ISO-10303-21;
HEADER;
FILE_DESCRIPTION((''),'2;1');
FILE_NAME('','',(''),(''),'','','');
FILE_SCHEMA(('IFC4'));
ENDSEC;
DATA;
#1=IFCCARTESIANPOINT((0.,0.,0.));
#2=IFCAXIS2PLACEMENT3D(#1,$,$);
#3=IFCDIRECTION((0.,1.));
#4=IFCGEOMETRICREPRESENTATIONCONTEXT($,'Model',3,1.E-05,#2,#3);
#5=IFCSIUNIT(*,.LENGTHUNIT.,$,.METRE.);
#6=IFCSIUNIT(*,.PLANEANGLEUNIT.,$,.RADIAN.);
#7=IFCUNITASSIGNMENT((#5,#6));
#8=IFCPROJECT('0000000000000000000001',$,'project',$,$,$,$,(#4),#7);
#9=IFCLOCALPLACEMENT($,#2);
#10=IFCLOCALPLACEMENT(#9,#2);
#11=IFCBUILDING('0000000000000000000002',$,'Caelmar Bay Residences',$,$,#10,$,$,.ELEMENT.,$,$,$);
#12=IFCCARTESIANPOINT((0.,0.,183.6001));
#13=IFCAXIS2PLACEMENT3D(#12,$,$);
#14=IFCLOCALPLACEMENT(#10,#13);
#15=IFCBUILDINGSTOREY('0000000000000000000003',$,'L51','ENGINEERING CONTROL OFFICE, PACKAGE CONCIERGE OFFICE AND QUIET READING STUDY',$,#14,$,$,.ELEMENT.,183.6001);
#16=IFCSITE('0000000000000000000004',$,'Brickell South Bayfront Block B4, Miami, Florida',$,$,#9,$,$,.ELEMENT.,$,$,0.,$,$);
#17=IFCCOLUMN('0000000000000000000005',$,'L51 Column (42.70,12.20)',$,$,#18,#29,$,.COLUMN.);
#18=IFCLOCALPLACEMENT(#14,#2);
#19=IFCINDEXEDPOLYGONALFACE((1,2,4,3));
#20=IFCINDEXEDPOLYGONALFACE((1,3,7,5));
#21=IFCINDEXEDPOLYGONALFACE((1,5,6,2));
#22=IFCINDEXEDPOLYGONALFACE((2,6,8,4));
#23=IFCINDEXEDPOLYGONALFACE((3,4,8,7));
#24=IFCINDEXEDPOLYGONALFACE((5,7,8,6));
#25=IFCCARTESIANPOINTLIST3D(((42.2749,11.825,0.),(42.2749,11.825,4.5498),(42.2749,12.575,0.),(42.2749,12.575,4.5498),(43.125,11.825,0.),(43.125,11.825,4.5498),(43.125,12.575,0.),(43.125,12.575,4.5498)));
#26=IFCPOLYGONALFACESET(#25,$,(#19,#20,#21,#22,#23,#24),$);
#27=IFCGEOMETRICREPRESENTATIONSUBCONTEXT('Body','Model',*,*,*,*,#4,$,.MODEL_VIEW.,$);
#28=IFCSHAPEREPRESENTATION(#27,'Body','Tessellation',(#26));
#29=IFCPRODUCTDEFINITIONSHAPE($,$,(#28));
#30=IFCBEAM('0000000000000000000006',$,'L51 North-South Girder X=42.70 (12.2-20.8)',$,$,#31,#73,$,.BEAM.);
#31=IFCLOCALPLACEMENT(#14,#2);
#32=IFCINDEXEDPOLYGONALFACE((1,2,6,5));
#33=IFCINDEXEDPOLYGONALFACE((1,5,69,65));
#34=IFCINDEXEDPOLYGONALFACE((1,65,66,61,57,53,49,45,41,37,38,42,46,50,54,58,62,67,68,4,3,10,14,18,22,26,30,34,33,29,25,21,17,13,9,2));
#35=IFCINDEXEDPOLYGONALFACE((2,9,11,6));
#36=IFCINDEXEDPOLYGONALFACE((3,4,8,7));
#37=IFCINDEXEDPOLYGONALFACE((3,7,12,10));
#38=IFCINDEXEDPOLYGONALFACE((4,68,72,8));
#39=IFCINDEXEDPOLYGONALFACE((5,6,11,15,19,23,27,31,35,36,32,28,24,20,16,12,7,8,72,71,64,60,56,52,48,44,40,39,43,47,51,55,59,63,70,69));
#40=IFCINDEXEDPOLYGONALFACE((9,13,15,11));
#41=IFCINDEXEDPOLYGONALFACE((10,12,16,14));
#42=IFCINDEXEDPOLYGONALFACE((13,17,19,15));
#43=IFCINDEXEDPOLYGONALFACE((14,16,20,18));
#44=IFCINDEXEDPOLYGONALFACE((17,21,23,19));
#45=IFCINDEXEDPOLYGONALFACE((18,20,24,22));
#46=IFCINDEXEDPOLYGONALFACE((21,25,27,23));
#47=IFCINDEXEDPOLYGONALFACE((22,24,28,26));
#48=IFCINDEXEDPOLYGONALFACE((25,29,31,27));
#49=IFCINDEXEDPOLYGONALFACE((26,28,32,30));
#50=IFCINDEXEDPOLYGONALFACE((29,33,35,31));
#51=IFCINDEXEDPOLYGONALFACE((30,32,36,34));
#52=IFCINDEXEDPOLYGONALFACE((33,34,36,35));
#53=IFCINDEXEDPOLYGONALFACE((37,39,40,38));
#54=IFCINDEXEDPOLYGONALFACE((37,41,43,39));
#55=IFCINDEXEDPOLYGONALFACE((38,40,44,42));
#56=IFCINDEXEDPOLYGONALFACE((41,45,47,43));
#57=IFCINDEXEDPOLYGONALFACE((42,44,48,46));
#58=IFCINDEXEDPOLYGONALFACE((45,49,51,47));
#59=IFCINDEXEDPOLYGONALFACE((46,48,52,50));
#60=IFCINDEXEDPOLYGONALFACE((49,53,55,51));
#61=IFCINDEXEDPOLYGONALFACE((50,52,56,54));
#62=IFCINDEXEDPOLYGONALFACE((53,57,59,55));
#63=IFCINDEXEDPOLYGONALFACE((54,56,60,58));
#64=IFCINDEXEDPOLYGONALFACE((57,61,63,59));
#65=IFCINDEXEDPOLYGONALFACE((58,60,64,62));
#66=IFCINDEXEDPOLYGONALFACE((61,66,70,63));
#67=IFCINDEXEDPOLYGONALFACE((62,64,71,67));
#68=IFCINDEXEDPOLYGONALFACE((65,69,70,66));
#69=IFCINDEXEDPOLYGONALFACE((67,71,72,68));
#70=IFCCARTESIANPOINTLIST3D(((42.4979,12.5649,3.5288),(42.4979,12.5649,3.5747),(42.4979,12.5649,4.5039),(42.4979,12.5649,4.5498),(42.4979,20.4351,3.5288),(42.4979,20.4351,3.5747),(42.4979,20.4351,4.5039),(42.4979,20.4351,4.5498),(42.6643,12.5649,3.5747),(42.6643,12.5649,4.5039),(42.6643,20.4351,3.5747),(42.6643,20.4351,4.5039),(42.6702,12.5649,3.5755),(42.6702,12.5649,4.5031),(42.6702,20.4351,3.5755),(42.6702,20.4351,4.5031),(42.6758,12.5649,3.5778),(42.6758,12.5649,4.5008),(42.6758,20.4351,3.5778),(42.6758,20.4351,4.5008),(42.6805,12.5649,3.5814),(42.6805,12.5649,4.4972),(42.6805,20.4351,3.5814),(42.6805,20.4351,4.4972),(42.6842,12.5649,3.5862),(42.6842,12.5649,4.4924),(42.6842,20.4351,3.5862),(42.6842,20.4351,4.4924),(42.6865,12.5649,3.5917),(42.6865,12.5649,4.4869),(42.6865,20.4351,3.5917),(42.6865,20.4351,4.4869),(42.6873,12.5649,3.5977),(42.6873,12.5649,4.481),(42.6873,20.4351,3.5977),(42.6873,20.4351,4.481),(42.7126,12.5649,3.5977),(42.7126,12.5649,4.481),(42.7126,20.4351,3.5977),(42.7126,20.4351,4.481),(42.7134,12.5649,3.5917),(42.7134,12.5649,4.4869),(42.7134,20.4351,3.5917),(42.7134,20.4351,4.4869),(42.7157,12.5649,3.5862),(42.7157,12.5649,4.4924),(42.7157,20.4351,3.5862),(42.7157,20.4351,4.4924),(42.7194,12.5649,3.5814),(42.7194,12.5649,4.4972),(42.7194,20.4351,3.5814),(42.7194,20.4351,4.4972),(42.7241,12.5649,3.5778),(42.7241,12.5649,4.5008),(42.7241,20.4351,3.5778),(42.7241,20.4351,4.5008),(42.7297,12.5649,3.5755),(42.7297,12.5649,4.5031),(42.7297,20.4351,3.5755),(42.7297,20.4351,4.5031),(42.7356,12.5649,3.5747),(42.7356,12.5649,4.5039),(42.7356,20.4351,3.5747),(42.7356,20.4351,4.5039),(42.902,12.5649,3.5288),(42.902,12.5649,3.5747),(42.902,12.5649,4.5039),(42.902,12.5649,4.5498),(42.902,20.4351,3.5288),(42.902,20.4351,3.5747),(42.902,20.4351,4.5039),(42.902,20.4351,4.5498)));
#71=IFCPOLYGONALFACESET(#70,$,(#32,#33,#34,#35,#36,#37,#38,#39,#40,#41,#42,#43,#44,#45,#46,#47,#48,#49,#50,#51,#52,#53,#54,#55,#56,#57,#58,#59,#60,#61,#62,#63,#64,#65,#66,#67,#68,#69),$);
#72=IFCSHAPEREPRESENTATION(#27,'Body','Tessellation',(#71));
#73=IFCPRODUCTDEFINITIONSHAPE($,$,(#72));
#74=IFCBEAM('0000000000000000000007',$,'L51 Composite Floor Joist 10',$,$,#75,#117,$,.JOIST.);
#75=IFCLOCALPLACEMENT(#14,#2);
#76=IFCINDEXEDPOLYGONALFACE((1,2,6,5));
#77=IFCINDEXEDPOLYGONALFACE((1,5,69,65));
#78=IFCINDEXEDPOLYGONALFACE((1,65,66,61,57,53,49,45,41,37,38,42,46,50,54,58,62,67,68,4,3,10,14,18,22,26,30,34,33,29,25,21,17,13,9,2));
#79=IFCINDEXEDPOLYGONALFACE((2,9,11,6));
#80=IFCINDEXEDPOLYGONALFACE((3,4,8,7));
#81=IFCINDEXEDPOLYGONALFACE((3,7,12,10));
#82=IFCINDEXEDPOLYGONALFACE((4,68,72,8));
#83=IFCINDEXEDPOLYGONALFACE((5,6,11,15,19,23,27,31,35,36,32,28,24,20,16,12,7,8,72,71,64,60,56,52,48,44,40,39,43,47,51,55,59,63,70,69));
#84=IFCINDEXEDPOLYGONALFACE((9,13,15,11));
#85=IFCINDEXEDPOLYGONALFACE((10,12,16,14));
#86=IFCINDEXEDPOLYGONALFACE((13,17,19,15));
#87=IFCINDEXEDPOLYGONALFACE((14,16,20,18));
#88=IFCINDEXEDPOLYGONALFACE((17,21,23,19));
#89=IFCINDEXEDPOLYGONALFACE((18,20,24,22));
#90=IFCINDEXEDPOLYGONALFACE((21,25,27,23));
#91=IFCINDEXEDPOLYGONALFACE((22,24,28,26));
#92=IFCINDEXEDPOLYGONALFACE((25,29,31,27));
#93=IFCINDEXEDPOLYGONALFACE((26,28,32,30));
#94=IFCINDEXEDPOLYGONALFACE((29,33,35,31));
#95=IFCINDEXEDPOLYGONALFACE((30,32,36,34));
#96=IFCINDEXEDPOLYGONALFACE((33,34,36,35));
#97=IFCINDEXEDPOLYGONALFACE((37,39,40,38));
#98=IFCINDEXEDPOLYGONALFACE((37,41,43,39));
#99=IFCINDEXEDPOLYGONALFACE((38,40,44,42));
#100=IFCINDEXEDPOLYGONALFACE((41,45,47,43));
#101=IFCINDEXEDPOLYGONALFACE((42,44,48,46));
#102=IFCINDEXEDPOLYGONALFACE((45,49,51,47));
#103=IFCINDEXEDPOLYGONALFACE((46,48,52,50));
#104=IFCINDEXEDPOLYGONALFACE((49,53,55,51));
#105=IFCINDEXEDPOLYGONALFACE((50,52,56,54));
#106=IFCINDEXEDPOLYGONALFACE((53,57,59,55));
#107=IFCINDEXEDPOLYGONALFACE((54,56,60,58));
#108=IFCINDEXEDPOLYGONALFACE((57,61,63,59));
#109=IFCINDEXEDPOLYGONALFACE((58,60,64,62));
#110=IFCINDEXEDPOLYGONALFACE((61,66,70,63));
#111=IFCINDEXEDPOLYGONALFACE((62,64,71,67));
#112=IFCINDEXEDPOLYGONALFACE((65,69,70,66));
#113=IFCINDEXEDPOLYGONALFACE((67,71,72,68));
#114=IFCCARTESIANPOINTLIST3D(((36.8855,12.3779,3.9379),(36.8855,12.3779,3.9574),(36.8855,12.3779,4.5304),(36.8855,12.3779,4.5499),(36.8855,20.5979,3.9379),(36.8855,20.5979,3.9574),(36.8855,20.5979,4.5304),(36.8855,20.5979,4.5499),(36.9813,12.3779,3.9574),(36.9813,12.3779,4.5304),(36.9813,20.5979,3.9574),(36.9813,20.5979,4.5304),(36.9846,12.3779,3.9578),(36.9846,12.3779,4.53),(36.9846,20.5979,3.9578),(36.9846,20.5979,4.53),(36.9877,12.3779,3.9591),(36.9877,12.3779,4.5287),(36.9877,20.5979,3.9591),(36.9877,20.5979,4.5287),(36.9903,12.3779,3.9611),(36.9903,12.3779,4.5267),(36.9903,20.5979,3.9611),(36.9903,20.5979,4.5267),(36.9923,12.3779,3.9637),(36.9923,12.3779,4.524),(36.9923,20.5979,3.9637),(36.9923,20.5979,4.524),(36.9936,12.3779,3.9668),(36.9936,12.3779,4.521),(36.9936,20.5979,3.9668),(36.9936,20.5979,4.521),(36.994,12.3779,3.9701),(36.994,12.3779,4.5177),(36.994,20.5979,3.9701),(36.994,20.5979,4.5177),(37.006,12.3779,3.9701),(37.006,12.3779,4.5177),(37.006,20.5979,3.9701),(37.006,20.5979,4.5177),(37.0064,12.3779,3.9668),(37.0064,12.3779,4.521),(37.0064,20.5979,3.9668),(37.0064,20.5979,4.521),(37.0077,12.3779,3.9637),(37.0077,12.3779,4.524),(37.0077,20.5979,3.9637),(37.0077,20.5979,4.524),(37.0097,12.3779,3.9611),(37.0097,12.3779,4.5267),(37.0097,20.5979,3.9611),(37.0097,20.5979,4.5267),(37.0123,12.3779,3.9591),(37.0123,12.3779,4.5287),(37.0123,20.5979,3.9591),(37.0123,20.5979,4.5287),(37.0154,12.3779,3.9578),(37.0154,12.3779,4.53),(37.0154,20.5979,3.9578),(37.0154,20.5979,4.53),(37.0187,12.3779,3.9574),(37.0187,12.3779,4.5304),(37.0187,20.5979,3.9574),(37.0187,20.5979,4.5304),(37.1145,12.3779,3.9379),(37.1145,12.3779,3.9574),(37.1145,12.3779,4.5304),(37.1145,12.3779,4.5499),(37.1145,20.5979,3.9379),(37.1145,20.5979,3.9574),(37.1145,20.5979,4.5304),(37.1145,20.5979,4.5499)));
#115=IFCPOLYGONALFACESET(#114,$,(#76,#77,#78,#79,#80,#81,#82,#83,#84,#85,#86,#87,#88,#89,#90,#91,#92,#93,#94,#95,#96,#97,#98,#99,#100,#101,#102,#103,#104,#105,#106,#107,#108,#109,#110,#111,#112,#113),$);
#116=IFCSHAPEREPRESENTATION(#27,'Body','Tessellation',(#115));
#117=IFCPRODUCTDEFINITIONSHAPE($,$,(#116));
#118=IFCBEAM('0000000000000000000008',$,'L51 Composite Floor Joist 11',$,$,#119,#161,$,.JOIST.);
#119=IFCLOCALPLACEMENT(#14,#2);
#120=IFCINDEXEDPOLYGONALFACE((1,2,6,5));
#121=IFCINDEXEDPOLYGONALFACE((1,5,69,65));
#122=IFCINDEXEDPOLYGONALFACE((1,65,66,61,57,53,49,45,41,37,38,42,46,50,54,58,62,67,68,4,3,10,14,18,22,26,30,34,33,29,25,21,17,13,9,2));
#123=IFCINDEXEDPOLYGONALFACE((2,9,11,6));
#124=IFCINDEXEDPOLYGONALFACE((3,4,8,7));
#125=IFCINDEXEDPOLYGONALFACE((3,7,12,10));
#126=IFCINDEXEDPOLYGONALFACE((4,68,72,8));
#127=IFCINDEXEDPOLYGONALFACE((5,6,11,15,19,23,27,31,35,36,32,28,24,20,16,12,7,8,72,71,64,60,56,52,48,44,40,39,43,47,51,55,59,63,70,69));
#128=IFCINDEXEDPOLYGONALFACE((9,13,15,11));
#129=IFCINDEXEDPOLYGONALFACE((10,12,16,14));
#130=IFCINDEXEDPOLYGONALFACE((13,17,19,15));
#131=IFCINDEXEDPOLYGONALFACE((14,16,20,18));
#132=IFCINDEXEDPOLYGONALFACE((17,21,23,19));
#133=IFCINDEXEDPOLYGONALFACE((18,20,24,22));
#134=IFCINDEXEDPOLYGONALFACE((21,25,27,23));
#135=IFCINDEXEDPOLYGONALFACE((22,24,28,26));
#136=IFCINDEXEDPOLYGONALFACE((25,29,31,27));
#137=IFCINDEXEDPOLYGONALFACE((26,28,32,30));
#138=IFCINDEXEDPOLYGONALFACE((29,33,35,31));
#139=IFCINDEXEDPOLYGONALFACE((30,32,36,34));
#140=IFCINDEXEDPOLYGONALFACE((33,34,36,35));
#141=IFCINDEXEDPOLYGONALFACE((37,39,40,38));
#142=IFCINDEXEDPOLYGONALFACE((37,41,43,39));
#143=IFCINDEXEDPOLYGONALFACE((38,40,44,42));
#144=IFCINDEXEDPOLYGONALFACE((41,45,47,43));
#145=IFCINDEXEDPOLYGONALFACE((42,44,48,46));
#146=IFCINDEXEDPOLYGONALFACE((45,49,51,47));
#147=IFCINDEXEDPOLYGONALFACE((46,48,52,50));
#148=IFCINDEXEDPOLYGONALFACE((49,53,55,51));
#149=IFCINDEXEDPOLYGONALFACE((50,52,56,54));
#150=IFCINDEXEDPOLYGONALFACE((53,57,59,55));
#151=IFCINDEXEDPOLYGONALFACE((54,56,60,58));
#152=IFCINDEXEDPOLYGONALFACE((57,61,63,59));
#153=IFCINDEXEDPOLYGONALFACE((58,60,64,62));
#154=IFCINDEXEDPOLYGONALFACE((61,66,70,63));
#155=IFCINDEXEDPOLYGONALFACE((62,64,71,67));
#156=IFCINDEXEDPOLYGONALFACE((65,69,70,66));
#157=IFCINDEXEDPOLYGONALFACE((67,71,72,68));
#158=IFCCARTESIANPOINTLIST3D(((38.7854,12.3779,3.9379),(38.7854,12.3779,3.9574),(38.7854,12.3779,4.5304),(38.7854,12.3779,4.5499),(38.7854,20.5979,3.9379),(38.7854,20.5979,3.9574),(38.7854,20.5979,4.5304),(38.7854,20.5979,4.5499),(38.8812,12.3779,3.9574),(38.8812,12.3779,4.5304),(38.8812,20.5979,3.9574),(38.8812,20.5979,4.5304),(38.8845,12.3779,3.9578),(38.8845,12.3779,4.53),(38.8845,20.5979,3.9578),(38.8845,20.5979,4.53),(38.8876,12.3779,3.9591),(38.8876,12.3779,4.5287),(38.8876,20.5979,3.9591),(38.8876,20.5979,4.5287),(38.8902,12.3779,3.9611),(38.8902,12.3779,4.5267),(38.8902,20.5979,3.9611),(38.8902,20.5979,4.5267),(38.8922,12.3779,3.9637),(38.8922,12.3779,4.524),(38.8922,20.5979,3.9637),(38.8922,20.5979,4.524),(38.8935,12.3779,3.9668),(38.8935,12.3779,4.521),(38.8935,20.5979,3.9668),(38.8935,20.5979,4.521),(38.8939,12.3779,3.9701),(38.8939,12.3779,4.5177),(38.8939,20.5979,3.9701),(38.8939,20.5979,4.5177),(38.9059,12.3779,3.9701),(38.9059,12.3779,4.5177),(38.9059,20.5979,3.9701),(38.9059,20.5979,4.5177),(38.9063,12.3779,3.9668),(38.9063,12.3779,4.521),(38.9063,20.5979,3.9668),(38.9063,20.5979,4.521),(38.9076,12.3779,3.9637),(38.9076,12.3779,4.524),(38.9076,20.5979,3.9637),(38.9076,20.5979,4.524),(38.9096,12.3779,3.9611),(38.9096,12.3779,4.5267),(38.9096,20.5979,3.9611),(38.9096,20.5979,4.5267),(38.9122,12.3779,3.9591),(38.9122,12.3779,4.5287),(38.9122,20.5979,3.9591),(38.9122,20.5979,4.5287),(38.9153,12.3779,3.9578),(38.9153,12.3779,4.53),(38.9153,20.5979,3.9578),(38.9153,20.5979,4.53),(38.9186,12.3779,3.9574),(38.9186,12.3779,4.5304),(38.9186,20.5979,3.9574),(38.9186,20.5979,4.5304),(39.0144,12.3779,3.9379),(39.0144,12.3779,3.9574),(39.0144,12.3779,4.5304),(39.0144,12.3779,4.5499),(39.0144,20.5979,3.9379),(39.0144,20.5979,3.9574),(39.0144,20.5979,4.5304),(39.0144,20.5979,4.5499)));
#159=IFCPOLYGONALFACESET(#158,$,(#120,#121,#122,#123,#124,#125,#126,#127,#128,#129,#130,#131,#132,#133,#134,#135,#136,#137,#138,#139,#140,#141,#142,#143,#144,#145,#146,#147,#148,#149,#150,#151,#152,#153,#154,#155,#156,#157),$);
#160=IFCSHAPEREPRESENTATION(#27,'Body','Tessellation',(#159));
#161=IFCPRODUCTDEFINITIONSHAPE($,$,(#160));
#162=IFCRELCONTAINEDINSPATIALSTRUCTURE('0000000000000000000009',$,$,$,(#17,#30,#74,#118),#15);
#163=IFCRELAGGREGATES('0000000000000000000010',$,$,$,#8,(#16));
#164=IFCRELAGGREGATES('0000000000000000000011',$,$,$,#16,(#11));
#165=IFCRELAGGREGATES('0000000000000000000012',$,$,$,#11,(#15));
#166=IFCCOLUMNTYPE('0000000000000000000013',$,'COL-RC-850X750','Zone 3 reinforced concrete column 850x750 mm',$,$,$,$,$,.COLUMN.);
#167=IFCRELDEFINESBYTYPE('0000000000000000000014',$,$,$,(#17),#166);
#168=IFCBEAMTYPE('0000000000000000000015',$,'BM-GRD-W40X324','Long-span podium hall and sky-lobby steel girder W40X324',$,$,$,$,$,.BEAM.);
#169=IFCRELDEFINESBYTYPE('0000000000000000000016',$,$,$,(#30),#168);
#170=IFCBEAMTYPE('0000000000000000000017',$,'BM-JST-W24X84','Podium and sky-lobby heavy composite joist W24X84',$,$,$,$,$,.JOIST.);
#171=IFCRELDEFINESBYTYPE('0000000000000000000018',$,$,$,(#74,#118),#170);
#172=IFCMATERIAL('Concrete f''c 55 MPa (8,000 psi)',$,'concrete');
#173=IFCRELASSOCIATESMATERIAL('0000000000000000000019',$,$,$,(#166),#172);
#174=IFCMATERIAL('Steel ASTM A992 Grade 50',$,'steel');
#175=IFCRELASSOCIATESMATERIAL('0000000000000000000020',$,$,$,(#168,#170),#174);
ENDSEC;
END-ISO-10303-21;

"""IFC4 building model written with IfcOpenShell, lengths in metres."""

from ifc_helpers import new_model, si_unit, direction, frame, origin, origin_2d, place, context, subcontext, project, spatial, rectangle, i_section, extrude, material, material_profile, profile_set, type_object, element, save


model = new_model("IFC4")

# Units and contexts
model_context = context("Model", 3, precision=1e-05, world=origin(), true_north=direction((0.0, 1.0)))
body_context = subcontext(model_context, "Body", "Model", "MODEL_VIEW")
ifc_project = project(units=[si_unit("LENGTHUNIT", "METRE"), si_unit("PLANEANGLEUNIT", "RADIAN")], contexts=[model_context])

# Site, building, storey
site_placement = place(None, origin())
site = spatial("IfcSite", under=ifc_project, at=site_placement, Name="Brickell South Bayfront Block B4, Miami, Florida", CompositionType="ELEMENT", RefElevation=0.0)
building_placement = place(site_placement, origin())
building = spatial("IfcBuilding", under=site, at=building_placement, Name="Caelmar Bay Residences", CompositionType="ELEMENT")
storey_placement = place(building_placement, frame((0.0, 0.0, 183.6001)))
storey = spatial("IfcBuildingStorey", under=building, at=storey_placement, Name="L51", Description="ENGINEERING CONTROL OFFICE, PACKAGE CONCIERGE OFFICE AND QUIET READING STUDY", CompositionType="ELEMENT", Elevation=183.6001)

# Column
ifc_material_1 = material(Name="Concrete f'c 55 MPa (8,000 psi)", Category="concrete")
ifc_material_profile_1 = material_profile(ifc_material_1, rectangle(XDim=0.8501, YDim=0.75, at=origin_2d()), Name="RC-COL-850X750")
ifc_profile_set_1 = profile_set([ifc_material_profile_1], Name="Concrete f'c 55 MPa (8,000 psi)")
column_type = type_object("IfcColumnType", Name="COL-RC-850X750", Description="Zone 3 reinforced concrete column 850x750 mm", PredefinedType="COLUMN", material=ifc_profile_set_1)
column_placement = place(storey_placement, frame((42.7, 12.2, 0.0), z_axis=(0.0, 0.0, 1.0), x_axis=(1.0, 0.0, 0.0)))
element("IfcColumn", 1, at=column_placement, inside=storey, type_object=column_type, Name="L51 Column (42.70,12.20)", PredefinedType="COLUMN", context=body_context, shape_type="SweptSolid", body=[
    extrude(rectangle(XDim=0.8501, YDim=0.75, at=origin_2d()), origin(), (0.0, 0.0, 1.0), 4.5498),
])

# Beams
ifc_material_2 = material(Name="Steel ASTM A992 Grade 50", Category="steel")
ifc_material_profile_2 = material_profile(ifc_material_2, i_section(OverallWidth=0.4041, OverallDepth=1.021, WebThickness=0.0254, FlangeThickness=0.0459, FilletRadius=0.0229, at=origin_2d()), Name="W40X324")
ifc_profile_set_2 = profile_set([ifc_material_profile_2], Name="Steel ASTM A992 Grade 50")
beam_type_1 = type_object("IfcBeamType", Name="BM-GRD-W40X324", Description="Long-span podium hall and sky-lobby steel girder W40X324", PredefinedType="BEAM", material=ifc_profile_set_2)
beam_1_placement = place(storey_placement, frame((42.7, 12.5649, 4.0393), z_axis=(0.0, 1.0, 0.0), x_axis=(-1.0, 0.0, 0.0)))
element("IfcBeam", 2, at=beam_1_placement, inside=storey, type_object=beam_type_1, Name="L51 North-South Girder X=42.70 (12.2-20.8)", PredefinedType="BEAM", context=body_context, shape_type="SweptSolid", body=[
    extrude(i_section(OverallWidth=0.4041, OverallDepth=1.021, WebThickness=0.0254, FlangeThickness=0.0459, FilletRadius=0.0229, at=origin_2d()), origin(), (0.0, 0.0, 1.0), 7.8701),
])
ifc_material_profile_3 = material_profile(ifc_material_2, i_section(OverallWidth=0.229, OverallDepth=0.6121, WebThickness=0.012, FlangeThickness=0.0195, FilletRadius=0.0127, at=origin_2d()), Name="W24X84")
ifc_profile_set_3 = profile_set([ifc_material_profile_3], Name="Steel ASTM A992 Grade 50")
beam_type_2 = type_object("IfcBeamType", Name="BM-JST-W24X84", Description="Podium and sky-lobby heavy composite joist W24X84", PredefinedType="JOIST", material=ifc_profile_set_3)
for number, where, z_axis, x_axis, name in (
    (3, (37.0, 12.3779, 4.2439), (0.0, 1.0, 0.0), (-1.0, 0.0, 0.0), "L51 Composite Floor Joist 10"),
    (4, (38.8999, 12.3779, 4.2439), (0.0, 1.0, 0.0), (-1.0, 0.0, 0.0), "L51 Composite Floor Joist 11"),
):
    element("IfcBeam", number, at=place(storey_placement, frame(where, z_axis=z_axis, x_axis=x_axis)), inside=storey, type_object=beam_type_2, Name=name, PredefinedType="JOIST", context=body_context, shape_type="SweptSolid", body=[
        extrude(i_section(OverallWidth=0.229, OverallDepth=0.6121, WebThickness=0.012, FlangeThickness=0.0195, FilletRadius=0.0127, at=origin_2d()), origin(), (0.0, 0.0, 1.0), 8.22),
    ])

save(model, "model.ifc")
